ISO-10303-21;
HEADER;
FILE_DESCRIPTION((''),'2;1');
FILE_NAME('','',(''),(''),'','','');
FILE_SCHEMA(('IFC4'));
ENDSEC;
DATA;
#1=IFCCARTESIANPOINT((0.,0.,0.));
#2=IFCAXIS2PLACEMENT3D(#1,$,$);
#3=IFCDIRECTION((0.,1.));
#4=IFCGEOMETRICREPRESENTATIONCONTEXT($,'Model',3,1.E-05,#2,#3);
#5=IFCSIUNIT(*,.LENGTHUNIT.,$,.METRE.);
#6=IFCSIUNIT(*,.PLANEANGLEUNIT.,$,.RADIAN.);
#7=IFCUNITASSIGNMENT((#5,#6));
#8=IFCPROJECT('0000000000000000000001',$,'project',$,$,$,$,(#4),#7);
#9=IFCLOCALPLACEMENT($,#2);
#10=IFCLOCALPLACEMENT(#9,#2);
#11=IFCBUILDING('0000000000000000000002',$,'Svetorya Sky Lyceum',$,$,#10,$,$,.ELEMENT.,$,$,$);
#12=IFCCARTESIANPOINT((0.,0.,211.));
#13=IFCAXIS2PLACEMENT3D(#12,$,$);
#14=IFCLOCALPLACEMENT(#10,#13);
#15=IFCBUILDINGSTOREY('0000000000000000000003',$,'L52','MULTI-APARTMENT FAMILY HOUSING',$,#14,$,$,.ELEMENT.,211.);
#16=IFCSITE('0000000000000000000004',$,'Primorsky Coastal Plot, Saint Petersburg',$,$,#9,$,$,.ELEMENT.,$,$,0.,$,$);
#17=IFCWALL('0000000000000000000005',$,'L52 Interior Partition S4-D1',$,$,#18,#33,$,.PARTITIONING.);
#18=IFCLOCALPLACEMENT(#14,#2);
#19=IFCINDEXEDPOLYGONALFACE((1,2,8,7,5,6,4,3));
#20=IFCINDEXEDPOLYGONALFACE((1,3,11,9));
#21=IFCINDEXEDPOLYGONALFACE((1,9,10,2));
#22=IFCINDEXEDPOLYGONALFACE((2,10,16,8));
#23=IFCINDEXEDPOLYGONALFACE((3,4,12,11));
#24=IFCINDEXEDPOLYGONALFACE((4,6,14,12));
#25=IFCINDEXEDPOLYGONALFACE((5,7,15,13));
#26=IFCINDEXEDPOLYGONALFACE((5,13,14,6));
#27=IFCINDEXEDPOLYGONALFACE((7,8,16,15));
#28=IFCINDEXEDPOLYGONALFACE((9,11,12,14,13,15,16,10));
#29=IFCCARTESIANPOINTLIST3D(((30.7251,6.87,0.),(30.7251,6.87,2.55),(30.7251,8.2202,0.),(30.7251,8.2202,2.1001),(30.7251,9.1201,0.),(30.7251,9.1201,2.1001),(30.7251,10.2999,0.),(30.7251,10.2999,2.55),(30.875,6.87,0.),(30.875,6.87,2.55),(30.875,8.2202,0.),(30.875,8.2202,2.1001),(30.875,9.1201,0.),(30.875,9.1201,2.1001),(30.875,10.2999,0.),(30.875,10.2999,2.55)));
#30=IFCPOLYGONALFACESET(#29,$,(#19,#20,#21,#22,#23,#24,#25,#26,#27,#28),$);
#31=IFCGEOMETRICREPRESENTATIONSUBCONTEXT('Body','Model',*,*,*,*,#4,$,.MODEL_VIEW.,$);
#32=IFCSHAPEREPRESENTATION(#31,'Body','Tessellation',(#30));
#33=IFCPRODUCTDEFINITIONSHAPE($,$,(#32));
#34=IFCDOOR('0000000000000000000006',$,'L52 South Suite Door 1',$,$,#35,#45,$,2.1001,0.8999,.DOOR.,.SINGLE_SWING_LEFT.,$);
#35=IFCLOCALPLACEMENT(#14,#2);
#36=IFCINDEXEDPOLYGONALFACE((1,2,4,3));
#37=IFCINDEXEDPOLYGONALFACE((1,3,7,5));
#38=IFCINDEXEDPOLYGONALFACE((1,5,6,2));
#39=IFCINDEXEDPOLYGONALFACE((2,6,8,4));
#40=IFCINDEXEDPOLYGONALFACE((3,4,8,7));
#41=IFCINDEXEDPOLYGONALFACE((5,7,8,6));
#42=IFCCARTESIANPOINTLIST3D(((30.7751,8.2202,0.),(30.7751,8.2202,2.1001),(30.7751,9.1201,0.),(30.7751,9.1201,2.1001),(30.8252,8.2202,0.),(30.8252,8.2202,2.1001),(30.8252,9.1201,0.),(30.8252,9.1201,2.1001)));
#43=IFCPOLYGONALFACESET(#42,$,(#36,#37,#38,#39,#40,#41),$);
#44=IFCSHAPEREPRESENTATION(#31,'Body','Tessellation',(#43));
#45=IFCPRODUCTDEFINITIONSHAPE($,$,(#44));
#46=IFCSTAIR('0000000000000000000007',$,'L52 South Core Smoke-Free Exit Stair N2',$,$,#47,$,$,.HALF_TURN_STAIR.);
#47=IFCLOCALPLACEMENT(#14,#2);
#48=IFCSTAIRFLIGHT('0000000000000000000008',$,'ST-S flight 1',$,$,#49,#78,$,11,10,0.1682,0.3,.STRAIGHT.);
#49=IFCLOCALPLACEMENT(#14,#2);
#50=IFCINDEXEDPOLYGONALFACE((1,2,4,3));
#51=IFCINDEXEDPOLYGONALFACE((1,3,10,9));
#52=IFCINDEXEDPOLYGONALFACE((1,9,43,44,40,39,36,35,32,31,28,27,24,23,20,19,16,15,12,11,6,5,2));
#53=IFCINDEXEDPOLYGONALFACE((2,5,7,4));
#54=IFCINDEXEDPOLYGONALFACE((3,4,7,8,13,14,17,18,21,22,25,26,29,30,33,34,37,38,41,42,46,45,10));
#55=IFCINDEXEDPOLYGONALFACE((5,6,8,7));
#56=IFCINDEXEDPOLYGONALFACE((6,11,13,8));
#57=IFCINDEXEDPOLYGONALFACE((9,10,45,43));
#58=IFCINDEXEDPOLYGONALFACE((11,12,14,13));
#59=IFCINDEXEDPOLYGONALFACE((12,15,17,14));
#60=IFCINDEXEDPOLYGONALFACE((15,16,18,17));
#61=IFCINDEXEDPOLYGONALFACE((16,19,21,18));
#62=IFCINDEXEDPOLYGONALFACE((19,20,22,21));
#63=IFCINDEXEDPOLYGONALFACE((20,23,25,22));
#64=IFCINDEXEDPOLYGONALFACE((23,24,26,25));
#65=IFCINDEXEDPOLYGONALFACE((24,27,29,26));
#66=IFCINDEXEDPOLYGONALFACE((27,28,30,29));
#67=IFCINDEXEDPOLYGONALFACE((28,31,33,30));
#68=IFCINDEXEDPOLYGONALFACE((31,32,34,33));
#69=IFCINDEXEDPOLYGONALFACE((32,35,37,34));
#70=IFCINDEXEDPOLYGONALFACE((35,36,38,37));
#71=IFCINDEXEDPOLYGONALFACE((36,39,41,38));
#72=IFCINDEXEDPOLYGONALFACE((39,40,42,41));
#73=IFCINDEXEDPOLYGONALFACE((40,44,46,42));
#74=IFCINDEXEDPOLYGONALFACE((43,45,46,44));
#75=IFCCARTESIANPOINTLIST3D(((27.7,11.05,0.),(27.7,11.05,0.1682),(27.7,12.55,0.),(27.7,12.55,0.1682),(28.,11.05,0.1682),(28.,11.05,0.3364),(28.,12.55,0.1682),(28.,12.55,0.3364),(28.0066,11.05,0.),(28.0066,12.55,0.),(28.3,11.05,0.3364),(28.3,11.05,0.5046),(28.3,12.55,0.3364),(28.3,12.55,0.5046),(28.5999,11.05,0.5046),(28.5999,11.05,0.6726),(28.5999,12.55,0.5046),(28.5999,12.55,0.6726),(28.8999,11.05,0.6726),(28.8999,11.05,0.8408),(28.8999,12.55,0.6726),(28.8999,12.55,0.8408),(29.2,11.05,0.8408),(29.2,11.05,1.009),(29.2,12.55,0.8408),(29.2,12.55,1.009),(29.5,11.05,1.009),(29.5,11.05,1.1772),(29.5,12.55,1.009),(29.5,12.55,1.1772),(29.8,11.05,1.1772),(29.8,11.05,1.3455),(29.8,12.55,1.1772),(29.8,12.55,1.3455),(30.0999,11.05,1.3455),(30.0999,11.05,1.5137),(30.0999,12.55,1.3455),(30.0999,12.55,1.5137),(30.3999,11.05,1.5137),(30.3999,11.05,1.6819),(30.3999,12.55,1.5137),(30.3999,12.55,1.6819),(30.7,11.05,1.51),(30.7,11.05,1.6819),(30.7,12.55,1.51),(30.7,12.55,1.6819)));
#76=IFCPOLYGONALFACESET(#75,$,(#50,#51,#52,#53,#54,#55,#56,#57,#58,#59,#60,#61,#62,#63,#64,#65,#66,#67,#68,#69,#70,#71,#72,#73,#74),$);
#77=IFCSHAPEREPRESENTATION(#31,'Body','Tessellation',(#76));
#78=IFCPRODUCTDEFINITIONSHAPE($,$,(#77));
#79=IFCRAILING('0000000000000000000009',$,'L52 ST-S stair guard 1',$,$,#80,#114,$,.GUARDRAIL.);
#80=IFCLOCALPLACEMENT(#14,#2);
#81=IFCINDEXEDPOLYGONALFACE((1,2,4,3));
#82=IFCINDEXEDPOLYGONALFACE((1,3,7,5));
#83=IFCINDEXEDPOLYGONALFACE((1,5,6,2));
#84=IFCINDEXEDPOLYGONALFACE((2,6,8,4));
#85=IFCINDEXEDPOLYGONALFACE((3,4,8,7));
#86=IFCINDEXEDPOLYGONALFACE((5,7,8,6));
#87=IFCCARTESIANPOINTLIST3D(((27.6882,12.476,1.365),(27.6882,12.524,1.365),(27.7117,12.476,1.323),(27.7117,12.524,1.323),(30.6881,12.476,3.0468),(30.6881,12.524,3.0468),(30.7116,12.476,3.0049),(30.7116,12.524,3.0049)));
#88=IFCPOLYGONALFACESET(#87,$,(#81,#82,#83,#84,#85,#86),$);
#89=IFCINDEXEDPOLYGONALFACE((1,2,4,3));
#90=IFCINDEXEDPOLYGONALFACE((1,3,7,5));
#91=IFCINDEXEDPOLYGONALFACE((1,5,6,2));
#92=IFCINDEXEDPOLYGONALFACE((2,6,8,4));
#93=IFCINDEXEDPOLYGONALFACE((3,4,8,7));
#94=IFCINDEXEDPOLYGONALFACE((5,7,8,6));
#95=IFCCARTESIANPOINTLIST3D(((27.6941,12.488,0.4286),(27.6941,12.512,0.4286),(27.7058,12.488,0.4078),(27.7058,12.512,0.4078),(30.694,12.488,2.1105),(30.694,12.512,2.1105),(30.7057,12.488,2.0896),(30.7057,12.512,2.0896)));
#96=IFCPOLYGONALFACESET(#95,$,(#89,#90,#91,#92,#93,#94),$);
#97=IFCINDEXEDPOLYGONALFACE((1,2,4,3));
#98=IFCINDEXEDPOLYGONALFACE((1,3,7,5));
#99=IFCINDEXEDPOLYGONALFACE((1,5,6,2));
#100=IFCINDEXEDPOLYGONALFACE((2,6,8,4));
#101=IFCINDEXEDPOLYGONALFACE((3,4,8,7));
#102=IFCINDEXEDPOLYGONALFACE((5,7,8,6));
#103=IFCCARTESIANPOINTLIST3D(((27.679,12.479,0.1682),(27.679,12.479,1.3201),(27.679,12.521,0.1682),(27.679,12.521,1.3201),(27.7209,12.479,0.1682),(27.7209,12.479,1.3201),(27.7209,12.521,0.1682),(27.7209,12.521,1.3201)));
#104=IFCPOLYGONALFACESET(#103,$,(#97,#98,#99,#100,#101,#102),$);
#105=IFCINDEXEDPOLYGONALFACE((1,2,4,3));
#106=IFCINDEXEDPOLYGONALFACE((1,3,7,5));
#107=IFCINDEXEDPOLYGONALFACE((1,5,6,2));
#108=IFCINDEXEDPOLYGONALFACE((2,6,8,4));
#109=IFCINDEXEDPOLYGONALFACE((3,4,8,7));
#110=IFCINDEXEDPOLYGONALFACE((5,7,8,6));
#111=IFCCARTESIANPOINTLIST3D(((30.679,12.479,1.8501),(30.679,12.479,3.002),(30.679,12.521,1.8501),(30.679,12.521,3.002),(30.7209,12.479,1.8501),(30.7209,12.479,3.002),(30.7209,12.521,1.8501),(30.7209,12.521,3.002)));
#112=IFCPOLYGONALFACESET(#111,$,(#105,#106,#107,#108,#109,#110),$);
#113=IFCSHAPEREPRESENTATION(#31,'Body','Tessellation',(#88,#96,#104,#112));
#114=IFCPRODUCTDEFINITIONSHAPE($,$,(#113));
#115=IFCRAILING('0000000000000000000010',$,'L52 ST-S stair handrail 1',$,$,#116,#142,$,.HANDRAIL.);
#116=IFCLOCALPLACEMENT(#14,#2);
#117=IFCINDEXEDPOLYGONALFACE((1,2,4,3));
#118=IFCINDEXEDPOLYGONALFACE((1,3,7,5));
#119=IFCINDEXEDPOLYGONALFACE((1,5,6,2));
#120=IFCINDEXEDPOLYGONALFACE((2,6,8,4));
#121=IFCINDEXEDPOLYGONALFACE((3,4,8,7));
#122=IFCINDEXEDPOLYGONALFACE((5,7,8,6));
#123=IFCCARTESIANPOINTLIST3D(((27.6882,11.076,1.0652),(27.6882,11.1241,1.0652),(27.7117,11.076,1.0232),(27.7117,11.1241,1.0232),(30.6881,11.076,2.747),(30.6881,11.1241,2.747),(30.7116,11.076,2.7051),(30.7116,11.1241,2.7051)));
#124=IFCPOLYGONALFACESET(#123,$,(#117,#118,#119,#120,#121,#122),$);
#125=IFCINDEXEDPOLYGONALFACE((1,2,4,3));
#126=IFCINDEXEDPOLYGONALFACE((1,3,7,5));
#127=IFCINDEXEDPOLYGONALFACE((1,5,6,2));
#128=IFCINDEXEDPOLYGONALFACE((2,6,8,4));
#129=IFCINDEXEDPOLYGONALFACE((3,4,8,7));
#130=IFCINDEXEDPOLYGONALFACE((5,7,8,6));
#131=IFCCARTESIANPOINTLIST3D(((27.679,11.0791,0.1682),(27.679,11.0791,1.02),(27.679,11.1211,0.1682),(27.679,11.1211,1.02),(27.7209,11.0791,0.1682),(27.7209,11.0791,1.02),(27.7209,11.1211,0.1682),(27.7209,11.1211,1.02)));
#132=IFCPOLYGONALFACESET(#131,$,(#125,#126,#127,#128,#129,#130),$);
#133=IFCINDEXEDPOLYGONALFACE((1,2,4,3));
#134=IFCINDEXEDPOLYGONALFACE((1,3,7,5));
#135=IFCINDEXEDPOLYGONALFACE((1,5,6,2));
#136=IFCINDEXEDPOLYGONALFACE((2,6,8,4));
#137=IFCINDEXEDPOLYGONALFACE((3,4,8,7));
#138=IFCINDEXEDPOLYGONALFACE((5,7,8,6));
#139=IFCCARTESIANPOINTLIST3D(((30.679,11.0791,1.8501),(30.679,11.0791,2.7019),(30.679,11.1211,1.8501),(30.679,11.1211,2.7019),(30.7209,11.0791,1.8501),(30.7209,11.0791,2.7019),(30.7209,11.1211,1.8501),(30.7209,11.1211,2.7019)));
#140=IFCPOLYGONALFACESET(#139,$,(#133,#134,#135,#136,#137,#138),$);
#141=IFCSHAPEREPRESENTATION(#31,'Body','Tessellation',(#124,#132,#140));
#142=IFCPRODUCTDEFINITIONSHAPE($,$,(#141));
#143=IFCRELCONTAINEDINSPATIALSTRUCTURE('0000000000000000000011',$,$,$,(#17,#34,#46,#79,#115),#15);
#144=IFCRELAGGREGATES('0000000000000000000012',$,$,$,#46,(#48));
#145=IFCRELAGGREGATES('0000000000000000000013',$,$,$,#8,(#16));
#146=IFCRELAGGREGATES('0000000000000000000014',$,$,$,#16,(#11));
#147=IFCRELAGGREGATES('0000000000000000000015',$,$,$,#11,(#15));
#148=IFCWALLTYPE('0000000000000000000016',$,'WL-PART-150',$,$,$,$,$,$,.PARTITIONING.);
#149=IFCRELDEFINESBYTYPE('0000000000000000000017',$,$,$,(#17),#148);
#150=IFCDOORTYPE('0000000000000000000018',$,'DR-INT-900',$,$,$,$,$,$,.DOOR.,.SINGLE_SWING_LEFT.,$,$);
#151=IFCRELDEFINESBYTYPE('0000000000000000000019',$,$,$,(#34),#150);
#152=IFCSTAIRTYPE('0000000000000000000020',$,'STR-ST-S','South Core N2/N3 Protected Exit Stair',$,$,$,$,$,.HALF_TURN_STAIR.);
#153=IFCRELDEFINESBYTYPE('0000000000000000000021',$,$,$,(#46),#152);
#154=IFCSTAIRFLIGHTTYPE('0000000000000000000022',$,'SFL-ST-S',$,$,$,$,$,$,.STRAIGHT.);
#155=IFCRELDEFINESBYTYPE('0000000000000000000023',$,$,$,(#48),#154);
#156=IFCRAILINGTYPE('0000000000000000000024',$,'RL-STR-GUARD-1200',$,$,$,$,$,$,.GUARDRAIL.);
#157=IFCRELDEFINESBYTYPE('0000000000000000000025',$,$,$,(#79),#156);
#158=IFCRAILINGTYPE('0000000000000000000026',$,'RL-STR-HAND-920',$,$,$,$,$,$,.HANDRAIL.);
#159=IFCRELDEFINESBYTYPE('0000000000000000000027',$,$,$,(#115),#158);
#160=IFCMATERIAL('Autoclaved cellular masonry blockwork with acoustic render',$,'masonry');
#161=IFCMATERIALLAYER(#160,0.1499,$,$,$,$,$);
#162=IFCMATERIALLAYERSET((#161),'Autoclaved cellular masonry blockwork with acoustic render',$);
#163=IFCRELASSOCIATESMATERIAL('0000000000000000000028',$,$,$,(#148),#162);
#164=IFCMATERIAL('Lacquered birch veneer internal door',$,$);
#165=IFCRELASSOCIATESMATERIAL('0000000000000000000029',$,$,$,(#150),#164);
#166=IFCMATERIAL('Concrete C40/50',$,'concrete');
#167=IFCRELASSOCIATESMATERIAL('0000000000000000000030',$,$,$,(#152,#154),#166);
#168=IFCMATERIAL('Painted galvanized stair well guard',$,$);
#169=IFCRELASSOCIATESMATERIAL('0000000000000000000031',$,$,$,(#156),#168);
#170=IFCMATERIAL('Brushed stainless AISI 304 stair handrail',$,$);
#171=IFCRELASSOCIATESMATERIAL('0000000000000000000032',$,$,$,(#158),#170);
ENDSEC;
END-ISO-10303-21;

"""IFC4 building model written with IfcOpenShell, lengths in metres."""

from ifc_helpers import new_model, si_unit, direction, frame, frame_2d, origin, origin_2d, place, context, subcontext, project, spatial, polyline, rectangle, outline, extrude, material, layer, layer_set, type_object, element, fill, aggregate, save


model = new_model("IFC4")

# Units and contexts
model_context = context("Model", 3, precision=1e-05, world=origin(), true_north=direction((0.0, 1.0)))
body_context = subcontext(model_context, "Body", "Model", "MODEL_VIEW")
ifc_project = project(units=[si_unit("LENGTHUNIT", "METRE"), si_unit("PLANEANGLEUNIT", "RADIAN")], contexts=[model_context])

# Site, building, storey
site_placement = place(None, origin())
site = spatial("IfcSite", under=ifc_project, at=site_placement, Name="Primorsky Coastal Plot, Saint Petersburg", CompositionType="ELEMENT", RefElevation=0.0)
building_placement = place(site_placement, origin())
building = spatial("IfcBuilding", under=site, at=building_placement, Name="Svetorya Sky Lyceum", CompositionType="ELEMENT")
storey_placement = place(building_placement, frame((0.0, 0.0, 211.0)))
storey = spatial("IfcBuildingStorey", under=building, at=storey_placement, Name="L52", Description="MULTI-APARTMENT FAMILY HOUSING", CompositionType="ELEMENT", Elevation=211.0)

# Shared definitions
ifc_material_1 = material(Name="Concrete C40/50", Category="concrete")

# Wall, opening, door
ifc_material_2 = material(Name="Autoclaved cellular masonry blockwork with acoustic render", Category="masonry")
ifc_layer_1 = layer(ifc_material_2, 0.1499)
ifc_layer_set_1 = layer_set([ifc_layer_1], Name="Autoclaved cellular masonry blockwork with acoustic render")
wall_type_1 = type_object("IfcWallType", Name="WL-PART-150", PredefinedType="PARTITIONING", material=ifc_layer_set_1)
wall_1_placement = place(storey_placement, frame((30.8, 6.8701, 0.0), z_axis=(0.0, 0.0, 1.0), x_axis=(0.0, 1.0, 0.0)))
wall_1 = element("IfcWall", 1, at=wall_1_placement, inside=storey, type_object=wall_type_1, Name="L52 Interior Partition S4-D1", PredefinedType="PARTITIONING", context=body_context, shape_type="SweptSolid", body=[
    extrude(rectangle(XDim=3.4299, YDim=0.1499, at=frame_2d((1.7148, 0.0))), origin(), (0.0, 0.0, 1.0), 2.55),
])
opening_placement = place(wall_1_placement, frame((1.3501, 0.0, 0.0)))
opening = element("IfcOpeningElement", 2, at=opening_placement, cuts=wall_1, PredefinedType="OPENING", context=body_context, shape_type="SweptSolid", body=[
    extrude(rectangle(XDim=0.8999, YDim=2.1001, at=frame_2d((0.45, 1.05))), frame((0.0, 0.085, 0.0), z_axis=(0.0, -1.0, 0.0), x_axis=(1.0, 0.0, 0.0)), (0.0, 0.0, 1.0), 0.1699),
])
ifc_material_3 = material(Name="Lacquered birch veneer internal door")
door_type = type_object("IfcDoorType", Name="DR-INT-900", OperationType="SINGLE_SWING_LEFT", PredefinedType="DOOR", material=ifc_material_3)
door_placement = place(opening_placement, origin())
door = element("IfcDoor", 3, at=door_placement, inside=storey, type_object=door_type, Name="L52 South Suite Door 1", OperationType="SINGLE_SWING_LEFT", OverallHeight=2.1001, OverallWidth=0.8999, PredefinedType="DOOR", context=body_context, shape_type="SweptSolid", body=[
    extrude(rectangle(XDim=0.8999, YDim=2.1001, at=frame_2d((0.45, 1.05))), frame((0.0, 0.0249, 0.0), z_axis=(0.0, -1.0, 0.0), x_axis=(1.0, 0.0, 0.0)), (0.0, 0.0, 1.0), 0.05),
])
fill(opening, door)

# Stair, stair flight
stair_type = type_object("IfcStairType", Name="STR-ST-S", Description="South Core N2/N3 Protected Exit Stair", PredefinedType="HALF_TURN_STAIR", material=ifc_material_1)
stair_placement = place(storey_placement, origin())
stair = element("IfcStair", 4, at=stair_placement, inside=storey, type_object=stair_type, Name="L52 South Core Smoke-Free Exit Stair N2", PredefinedType="HALF_TURN_STAIR")
stair_flight_type = type_object("IfcStairFlightType", Name="SFL-ST-S", PredefinedType="STRAIGHT", material=ifc_material_1)
stair_flight_placement = place(storey_placement, frame((27.7, 11.8, 0.0), z_axis=(0.0, 0.0, 1.0), x_axis=(1.0, 0.0, 0.0)))
stair_flight = element("IfcStairFlight", 5, at=stair_flight_placement, type_object=stair_flight_type, Name="ST-S flight 1", NumberOfRisers=11, NumberOfTreads=10, PredefinedType="STRAIGHT", RiserHeight=0.1682, TreadLength=0.3, context=body_context, shape_type="SweptSolid", body=[
    extrude(outline(polyline([(0.0, 0.0), (0.0, 0.1682), (0.3, 0.1682), (0.3, 0.3364), (0.6001, 0.3364), (0.6001, 0.5046), (0.8999, 0.5046), (0.8999, 0.6726), (1.2, 0.6726), (1.2, 0.8408), (1.5, 0.8408), (1.5, 1.009), (1.8, 1.009), (1.8, 1.1772), (2.1001, 1.1772), (2.1001, 1.3455), (2.3999, 1.3455), (2.3999, 1.5137), (2.7, 1.5137), (2.7, 1.6819), (3.0, 1.6819), (3.0, 1.8501), (3.0, 1.51), (0.3066, 0.0), (0.0, 0.0)])), frame((0.0, 0.75, 0.0), z_axis=(0.0, -1.0, 0.0), x_axis=(1.0, 0.0, 0.0)), (0.0, 0.0, 1.0), 1.5),
])
aggregate(stair, [stair_flight])

# Railings
ifc_material_4 = material(Name="Painted galvanized stair well guard")
railing_type_1 = type_object("IfcRailingType", Name="RL-STR-GUARD-1200", PredefinedType="GUARDRAIL", material=ifc_material_4)
railing_1_placement = place(storey_placement, frame((27.7, 12.5, 0.1682)))
element("IfcRailing", 6, at=railing_1_placement, inside=storey, type_object=railing_type_1, Name="L52 ST-S stair guard 1", PredefinedType="GUARDRAIL", context=body_context, shape_type="SweptSolid", body=[
    extrude(rectangle(XDim=0.0481, YDim=0.0481, at=origin_2d()), frame((0.0, 0.0, 1.1758), z_axis=(0.872272, 0.0, 0.48902), x_axis=(0.0, 1.0, 0.0)), (0.0, 0.0, 1.0), 3.4392),
    extrude(rectangle(XDim=0.0239, YDim=0.0239, at=origin_2d()), frame((0.0, 0.0, 0.25), z_axis=(0.872272, 0.0, 0.48902), x_axis=(0.0, 1.0, 0.0)), (0.0, 0.0, 1.0), 3.4392),
    extrude(rectangle(XDim=0.042, YDim=0.042, at=origin_2d()), origin(), (0.0, 0.0, 1.0), 1.1519),
    extrude(rectangle(XDim=0.042, YDim=0.042, at=origin_2d()), frame((3.0, 0.0, 1.6819)), (0.0, 0.0, 1.0), 1.1519),
])
ifc_material_5 = material(Name="Brushed stainless AISI 304 stair handrail")
railing_type_2 = type_object("IfcRailingType", Name="RL-STR-HAND-920", PredefinedType="HANDRAIL", material=ifc_material_5)
railing_2_placement = place(storey_placement, frame((27.7, 11.1001, 0.1682)))
element("IfcRailing", 7, at=railing_2_placement, inside=storey, type_object=railing_type_2, Name="L52 ST-S stair handrail 1", PredefinedType="HANDRAIL", context=body_context, shape_type="SweptSolid", body=[
    extrude(rectangle(XDim=0.0481, YDim=0.0481, at=origin_2d()), frame((0.0, 0.0, 0.876), z_axis=(0.872272, 0.0, 0.48902), x_axis=(0.0, 1.0, 0.0)), (0.0, 0.0, 1.0), 3.4392),
    extrude(rectangle(XDim=0.042, YDim=0.042, at=origin_2d()), origin(), (0.0, 0.0, 1.0), 0.8518),
    extrude(rectangle(XDim=0.042, YDim=0.042, at=origin_2d()), frame((3.0, 0.0, 1.6819)), (0.0, 0.0, 1.0), 0.8518),
])

save(model, "model.ifc")
